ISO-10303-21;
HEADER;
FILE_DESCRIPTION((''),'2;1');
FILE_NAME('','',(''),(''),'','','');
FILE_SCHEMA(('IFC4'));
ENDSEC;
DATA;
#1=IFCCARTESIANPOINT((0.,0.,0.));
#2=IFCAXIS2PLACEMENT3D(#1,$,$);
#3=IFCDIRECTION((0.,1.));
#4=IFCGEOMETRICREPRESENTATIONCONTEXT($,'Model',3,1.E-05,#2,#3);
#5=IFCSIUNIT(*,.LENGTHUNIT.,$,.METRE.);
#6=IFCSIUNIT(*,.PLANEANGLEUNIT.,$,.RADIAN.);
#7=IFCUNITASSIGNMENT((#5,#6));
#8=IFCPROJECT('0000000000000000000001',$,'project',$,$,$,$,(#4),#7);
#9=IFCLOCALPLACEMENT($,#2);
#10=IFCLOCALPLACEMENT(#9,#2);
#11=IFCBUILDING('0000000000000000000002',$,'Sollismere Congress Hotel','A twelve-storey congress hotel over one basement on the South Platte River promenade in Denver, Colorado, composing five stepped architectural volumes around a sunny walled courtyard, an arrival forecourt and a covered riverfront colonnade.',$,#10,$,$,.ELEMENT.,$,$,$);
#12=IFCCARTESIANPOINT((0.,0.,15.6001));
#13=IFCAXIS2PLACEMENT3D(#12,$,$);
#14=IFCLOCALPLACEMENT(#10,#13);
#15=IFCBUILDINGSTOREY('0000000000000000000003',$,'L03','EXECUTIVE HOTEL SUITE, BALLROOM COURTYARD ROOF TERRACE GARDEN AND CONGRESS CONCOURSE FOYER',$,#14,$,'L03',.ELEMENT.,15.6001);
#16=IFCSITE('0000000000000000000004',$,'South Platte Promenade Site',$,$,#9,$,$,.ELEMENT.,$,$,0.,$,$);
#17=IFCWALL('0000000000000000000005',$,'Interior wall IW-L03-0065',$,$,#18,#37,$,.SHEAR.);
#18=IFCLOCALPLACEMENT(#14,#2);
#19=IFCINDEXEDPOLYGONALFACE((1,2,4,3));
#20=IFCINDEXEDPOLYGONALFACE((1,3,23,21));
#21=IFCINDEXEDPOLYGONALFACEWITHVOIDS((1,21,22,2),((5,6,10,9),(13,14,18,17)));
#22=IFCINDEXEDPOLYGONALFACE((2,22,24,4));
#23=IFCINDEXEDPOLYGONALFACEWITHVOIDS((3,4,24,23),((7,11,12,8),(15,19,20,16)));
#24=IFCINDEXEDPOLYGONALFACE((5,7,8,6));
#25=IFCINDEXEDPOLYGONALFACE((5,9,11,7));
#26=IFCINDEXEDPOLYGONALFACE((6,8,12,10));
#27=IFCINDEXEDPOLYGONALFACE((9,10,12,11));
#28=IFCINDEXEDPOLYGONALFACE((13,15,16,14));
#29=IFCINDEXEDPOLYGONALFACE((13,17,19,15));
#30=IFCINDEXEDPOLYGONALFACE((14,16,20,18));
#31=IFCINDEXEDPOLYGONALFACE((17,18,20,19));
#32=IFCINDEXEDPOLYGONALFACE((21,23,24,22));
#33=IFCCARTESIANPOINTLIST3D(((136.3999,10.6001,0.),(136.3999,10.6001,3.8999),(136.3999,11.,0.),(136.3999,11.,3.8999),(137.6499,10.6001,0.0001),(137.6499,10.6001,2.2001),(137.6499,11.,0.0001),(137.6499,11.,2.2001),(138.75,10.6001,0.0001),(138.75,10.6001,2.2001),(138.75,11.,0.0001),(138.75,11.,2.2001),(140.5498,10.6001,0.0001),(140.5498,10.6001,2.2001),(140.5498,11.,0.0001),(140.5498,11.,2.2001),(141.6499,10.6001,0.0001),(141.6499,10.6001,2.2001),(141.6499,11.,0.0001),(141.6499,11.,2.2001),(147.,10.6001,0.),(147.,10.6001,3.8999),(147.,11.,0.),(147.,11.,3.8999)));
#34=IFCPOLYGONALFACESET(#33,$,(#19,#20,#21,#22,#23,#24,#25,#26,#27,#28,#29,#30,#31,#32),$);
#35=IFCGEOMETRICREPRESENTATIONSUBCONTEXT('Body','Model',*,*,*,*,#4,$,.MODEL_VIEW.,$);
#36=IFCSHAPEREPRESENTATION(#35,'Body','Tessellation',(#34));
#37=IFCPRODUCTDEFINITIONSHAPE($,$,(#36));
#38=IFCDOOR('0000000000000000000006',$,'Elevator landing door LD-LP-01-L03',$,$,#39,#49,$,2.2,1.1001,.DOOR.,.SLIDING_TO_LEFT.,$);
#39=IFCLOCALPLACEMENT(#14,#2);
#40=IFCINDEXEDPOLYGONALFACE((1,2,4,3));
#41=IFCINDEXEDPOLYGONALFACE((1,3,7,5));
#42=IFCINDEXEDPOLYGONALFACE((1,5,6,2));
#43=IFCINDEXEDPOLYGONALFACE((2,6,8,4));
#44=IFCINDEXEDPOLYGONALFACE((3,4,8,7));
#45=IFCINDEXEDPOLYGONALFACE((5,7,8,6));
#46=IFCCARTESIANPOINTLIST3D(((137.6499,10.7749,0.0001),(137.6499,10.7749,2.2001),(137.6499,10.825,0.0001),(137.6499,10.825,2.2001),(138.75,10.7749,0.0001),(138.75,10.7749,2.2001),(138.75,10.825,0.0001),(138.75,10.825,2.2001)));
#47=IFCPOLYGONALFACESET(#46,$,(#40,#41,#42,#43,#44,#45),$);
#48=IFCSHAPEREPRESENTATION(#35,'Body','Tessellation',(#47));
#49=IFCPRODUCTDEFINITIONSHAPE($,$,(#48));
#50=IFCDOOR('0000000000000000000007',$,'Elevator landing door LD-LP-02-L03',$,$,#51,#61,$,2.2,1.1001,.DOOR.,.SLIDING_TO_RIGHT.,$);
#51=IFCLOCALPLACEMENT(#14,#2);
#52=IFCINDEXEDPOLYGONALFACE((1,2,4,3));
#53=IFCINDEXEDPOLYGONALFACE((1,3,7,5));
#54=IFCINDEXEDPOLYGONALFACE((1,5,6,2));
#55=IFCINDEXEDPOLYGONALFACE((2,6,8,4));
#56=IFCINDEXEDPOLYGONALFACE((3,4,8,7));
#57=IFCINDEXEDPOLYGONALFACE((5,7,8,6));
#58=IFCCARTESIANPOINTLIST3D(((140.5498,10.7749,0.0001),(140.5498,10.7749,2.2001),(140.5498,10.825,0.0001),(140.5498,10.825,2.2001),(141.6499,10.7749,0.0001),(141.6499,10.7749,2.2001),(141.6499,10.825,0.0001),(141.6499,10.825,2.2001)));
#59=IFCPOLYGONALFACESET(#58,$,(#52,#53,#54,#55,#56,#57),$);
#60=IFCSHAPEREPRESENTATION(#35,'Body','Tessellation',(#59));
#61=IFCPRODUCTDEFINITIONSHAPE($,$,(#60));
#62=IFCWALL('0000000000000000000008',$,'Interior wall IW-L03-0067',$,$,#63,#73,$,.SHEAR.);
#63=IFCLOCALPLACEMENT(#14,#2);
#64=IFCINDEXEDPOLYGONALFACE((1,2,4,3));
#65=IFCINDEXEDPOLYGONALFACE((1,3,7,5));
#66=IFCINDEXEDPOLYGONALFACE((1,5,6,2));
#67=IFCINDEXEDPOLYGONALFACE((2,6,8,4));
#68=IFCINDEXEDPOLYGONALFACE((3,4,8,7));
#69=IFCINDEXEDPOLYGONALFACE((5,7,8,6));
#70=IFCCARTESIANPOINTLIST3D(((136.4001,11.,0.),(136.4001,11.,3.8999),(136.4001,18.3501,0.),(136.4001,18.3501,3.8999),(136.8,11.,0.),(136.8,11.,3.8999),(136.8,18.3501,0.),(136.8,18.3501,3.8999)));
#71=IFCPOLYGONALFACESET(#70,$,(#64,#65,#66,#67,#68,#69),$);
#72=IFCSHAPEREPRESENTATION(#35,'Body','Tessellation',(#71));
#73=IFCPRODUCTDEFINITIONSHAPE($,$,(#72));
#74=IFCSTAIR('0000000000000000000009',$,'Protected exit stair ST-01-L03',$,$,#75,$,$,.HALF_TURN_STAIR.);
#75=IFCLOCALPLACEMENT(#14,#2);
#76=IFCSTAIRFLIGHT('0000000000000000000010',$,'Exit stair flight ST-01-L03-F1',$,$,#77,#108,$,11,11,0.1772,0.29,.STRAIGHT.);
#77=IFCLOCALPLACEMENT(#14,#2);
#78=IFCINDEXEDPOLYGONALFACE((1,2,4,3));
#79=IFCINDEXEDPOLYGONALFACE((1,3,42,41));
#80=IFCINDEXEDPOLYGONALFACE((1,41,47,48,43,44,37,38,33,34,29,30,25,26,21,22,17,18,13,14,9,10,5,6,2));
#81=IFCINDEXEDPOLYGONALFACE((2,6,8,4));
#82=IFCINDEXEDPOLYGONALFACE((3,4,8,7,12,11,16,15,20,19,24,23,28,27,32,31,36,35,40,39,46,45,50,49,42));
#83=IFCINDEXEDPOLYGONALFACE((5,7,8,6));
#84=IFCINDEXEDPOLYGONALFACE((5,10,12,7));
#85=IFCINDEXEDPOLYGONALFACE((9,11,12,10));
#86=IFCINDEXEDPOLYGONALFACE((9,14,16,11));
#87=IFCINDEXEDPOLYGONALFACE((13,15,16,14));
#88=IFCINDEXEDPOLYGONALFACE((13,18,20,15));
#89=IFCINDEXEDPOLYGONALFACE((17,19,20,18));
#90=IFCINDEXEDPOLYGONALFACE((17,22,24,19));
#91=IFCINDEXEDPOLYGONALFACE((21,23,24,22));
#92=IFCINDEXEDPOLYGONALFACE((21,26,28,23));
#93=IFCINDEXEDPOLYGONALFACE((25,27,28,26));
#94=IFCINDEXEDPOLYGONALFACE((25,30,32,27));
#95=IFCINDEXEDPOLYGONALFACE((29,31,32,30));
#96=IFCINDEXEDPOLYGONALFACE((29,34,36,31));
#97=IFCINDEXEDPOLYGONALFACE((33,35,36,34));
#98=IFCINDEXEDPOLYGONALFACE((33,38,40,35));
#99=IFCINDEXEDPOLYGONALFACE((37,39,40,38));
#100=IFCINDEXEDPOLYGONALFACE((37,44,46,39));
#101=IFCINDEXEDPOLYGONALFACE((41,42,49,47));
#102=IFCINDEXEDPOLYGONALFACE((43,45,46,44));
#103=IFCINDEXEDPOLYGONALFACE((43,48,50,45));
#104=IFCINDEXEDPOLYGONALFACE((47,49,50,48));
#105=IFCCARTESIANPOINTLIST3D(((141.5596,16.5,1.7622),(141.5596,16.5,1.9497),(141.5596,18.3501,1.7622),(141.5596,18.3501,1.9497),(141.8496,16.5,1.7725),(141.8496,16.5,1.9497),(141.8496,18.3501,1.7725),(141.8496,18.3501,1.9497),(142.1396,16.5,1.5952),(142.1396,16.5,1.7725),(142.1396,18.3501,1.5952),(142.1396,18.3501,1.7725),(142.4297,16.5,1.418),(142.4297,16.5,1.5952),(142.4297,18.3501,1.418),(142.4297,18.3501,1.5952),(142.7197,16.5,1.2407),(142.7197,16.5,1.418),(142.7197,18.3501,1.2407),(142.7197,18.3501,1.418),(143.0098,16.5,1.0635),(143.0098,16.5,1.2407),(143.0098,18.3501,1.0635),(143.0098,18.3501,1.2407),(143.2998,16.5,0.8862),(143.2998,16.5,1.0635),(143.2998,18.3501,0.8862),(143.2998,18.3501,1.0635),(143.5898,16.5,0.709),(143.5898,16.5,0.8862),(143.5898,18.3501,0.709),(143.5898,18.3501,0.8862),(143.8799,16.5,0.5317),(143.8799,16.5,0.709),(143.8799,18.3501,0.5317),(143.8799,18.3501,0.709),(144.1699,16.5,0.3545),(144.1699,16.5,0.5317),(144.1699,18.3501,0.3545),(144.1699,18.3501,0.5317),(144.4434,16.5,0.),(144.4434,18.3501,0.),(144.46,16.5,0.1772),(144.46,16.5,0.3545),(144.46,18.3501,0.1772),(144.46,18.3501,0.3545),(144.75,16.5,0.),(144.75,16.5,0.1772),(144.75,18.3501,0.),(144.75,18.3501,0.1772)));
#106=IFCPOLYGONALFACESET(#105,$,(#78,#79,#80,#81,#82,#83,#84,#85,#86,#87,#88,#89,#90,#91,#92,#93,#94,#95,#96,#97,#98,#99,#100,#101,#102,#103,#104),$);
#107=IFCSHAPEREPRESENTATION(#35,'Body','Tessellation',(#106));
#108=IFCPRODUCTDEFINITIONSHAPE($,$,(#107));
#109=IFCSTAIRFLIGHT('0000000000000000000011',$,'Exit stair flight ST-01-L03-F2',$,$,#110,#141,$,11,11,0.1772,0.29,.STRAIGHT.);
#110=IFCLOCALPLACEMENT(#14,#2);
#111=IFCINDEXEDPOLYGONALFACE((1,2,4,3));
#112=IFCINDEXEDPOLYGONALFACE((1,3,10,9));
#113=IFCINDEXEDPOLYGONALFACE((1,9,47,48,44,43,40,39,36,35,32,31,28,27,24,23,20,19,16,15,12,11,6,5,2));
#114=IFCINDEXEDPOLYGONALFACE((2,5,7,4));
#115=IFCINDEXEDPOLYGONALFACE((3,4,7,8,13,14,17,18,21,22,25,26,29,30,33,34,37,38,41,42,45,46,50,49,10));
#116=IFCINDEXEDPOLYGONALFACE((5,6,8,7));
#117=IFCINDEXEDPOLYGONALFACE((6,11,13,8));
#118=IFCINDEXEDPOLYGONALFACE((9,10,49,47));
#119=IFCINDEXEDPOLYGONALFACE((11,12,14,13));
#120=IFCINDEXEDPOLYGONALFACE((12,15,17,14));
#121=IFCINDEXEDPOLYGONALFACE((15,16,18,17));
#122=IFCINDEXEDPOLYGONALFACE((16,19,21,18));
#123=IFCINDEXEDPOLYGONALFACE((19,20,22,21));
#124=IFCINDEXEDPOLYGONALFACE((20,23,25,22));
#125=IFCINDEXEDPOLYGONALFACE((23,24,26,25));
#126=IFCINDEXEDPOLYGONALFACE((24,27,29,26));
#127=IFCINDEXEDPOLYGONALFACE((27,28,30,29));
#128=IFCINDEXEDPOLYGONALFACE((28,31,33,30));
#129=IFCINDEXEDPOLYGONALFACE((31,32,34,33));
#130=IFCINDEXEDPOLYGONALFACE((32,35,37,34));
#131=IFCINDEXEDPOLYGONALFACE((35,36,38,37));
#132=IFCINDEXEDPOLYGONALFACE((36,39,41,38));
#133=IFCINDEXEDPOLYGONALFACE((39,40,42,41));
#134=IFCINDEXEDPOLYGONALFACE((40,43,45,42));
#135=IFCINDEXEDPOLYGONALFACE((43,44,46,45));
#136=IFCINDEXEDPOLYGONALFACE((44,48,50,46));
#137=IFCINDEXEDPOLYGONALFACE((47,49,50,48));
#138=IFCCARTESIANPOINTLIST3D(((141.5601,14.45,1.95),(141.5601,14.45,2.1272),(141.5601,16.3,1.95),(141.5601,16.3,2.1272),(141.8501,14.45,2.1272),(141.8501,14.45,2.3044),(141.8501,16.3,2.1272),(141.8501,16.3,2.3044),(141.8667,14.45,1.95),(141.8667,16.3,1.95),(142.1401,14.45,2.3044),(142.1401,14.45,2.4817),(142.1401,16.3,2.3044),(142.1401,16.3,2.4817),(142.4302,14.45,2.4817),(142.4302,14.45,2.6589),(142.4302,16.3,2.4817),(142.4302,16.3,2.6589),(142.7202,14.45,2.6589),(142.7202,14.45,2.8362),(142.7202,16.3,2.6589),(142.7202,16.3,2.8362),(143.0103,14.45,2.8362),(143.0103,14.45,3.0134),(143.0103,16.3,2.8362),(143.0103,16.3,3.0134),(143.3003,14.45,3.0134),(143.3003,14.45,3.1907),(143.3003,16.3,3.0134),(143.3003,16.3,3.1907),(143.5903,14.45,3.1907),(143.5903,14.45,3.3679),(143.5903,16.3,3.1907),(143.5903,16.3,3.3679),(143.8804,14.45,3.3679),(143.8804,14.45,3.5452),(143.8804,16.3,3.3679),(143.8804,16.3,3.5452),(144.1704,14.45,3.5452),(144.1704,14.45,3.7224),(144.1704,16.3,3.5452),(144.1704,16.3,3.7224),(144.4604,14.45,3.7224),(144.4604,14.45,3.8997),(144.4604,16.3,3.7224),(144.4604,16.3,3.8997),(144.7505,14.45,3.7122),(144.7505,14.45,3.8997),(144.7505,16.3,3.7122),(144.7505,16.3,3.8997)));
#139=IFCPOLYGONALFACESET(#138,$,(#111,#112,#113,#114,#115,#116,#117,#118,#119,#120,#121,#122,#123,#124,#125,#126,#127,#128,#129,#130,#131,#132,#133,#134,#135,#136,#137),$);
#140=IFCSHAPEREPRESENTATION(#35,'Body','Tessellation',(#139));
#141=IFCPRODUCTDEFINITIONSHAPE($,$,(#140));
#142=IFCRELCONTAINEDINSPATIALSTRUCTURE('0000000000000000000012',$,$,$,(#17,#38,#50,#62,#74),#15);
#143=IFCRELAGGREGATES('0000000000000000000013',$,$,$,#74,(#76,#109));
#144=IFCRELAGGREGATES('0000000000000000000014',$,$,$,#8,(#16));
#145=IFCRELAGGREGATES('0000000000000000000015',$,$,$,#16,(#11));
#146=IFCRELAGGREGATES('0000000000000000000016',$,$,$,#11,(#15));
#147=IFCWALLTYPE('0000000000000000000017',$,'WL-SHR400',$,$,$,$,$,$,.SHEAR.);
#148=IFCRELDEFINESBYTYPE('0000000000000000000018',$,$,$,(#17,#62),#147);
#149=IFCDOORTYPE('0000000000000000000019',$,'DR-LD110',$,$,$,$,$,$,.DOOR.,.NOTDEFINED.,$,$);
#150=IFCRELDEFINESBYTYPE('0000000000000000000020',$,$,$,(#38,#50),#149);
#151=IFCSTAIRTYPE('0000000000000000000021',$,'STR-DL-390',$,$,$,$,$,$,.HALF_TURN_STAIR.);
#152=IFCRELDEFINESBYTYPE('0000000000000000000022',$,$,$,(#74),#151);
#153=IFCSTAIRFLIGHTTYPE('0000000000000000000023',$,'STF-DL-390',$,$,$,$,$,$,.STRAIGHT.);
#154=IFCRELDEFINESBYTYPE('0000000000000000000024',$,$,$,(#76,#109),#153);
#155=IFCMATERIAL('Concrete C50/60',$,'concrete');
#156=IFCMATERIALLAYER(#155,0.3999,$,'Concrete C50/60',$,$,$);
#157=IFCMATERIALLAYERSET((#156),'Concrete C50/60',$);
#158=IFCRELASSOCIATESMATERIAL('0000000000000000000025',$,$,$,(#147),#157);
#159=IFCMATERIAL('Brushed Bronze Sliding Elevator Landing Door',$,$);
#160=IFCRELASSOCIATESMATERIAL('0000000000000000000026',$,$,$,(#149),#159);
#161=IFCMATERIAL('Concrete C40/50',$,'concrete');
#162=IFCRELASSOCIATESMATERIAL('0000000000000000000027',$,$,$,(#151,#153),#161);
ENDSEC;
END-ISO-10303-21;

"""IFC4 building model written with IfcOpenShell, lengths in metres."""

from ifc_helpers import new_model, si_unit, direction, frame, frame_2d, origin, place, context, subcontext, project, spatial, polyline, rectangle, outline, extrude, material, layer, layer_set, type_object, element, fill, aggregate, save


model = new_model("IFC4")

# Units and contexts
model_context = context("Model", 3, precision=1e-05, world=origin(), true_north=direction((0.0, 1.0)))
body_context = subcontext(model_context, "Body", "Model", "MODEL_VIEW")
ifc_project = project(units=[si_unit("LENGTHUNIT", "METRE"), si_unit("PLANEANGLEUNIT", "RADIAN")], contexts=[model_context])

# Site, building, storey
site_placement = place(None, origin())
site = spatial("IfcSite", under=ifc_project, at=site_placement, Name="South Platte Promenade Site", CompositionType="ELEMENT", RefElevation=0.0)
building_placement = place(site_placement, origin())
building = spatial("IfcBuilding", under=site, at=building_placement, Name="Sollismere Congress Hotel", Description="A twelve-storey congress hotel over one basement on the South Platte River promenade in Denver, Colorado, composing five stepped architectural volumes around a sunny walled courtyard, an arrival forecourt and a covered riverfront colonnade.", CompositionType="ELEMENT")
storey_placement = place(building_placement, frame((0.0, 0.0, 15.6001)))
storey = spatial("IfcBuildingStorey", under=building, at=storey_placement, Name="L03", Description="EXECUTIVE HOTEL SUITE, BALLROOM COURTYARD ROOF TERRACE GARDEN AND CONGRESS CONCOURSE FOYER", LongName="L03", CompositionType="ELEMENT", Elevation=15.6001)

# Shared definitions
ifc_material_1 = material(Name="Concrete C50/60", Category="concrete")

# Wall, openings, doors
ifc_layer_1 = layer(ifc_material_1, 0.3999, Name="Concrete C50/60")
ifc_layer_set_1 = layer_set([ifc_layer_1], Name="Concrete C50/60")
wall_type_1 = type_object("IfcWallType", Name="WL-SHR400", PredefinedType="SHEAR", material=ifc_layer_set_1)
wall_1_placement = place(storey_placement, frame((136.3999, 10.8, 0.0), z_axis=(0.0, 0.0, 1.0), x_axis=(1.0, 0.0, 0.0)))
wall_1 = element("IfcWall", 1, at=wall_1_placement, inside=storey, type_object=wall_type_1, Name="Interior wall IW-L03-0065", PredefinedType="SHEAR", context=body_context, shape_type="SweptSolid", body=[
    extrude(rectangle(XDim=10.6001, YDim=0.3999, at=frame_2d((5.3, 0.0))), origin(), (0.0, 0.0, 1.0), 3.8999),
])
opening_1_placement = place(wall_1_placement, frame((1.25, 0.0, 0.0)))
opening_1 = element("IfcOpeningElement", 2, at=opening_1_placement, cuts=wall_1, PredefinedType="OPENING", context=body_context, shape_type="SweptSolid", body=[
    extrude(rectangle(XDim=1.1001, YDim=2.2, at=frame_2d((0.55, 1.1001))), frame((0.0, 0.21, 0.0), z_axis=(0.0, -1.0, 0.0), x_axis=(1.0, 0.0, 0.0)), (0.0, 0.0, 1.0), 0.4199),
])
opening_2_placement = place(wall_1_placement, frame((4.1499, 0.0, 0.0)))
opening_2 = element("IfcOpeningElement", 3, at=opening_2_placement, cuts=wall_1, PredefinedType="OPENING", context=body_context, shape_type="SweptSolid", body=[
    extrude(rectangle(XDim=1.1001, YDim=2.2, at=frame_2d((0.55, 1.1001))), frame((0.0, 0.21, 0.0), z_axis=(0.0, -1.0, 0.0), x_axis=(1.0, 0.0, 0.0)), (0.0, 0.0, 1.0), 0.4199),
])
ifc_material_2 = material(Name="Brushed Bronze Sliding Elevator Landing Door")
door_type = type_object("IfcDoorType", Name="DR-LD110", OperationType="NOTDEFINED", PredefinedType="DOOR", material=ifc_material_2)
door_1_placement = place(opening_1_placement, origin())
door_1 = element("IfcDoor", 4, at=door_1_placement, inside=storey, type_object=door_type, Name="Elevator landing door LD-LP-01-L03", OperationType="SLIDING_TO_LEFT", OverallHeight=2.2, OverallWidth=1.1001, PredefinedType="DOOR", context=body_context, shape_type="SweptSolid", body=[
    extrude(rectangle(XDim=1.1001, YDim=2.2, at=frame_2d((0.55, 1.1001))), frame((0.0, 0.0249, 0.0), z_axis=(0.0, -1.0, 0.0), x_axis=(1.0, 0.0, 0.0)), (0.0, 0.0, 1.0), 0.05),
])
fill(opening_1, door_1)
door_2_placement = place(opening_2_placement, origin())
door_2 = element("IfcDoor", 5, at=door_2_placement, inside=storey, type_object=door_type, Name="Elevator landing door LD-LP-02-L03", OperationType="SLIDING_TO_RIGHT", OverallHeight=2.2, OverallWidth=1.1001, PredefinedType="DOOR", context=body_context, shape_type="SweptSolid", body=[
    extrude(rectangle(XDim=1.1001, YDim=2.2, at=frame_2d((0.55, 1.1001))), frame((0.0, 0.0249, 0.0), z_axis=(0.0, -1.0, 0.0), x_axis=(1.0, 0.0, 0.0)), (0.0, 0.0, 1.0), 0.05),
])
fill(opening_2, door_2)

# Wall
wall_2_placement = place(storey_placement, frame((136.6001, 18.3501, 0.0), z_axis=(0.0, 0.0, 1.0), x_axis=(0.0, -1.0, 0.0)))
element("IfcWall", 6, at=wall_2_placement, inside=storey, type_object=wall_type_1, Name="Interior wall IW-L03-0067", PredefinedType="SHEAR", context=body_context, shape_type="SweptSolid", body=[
    extrude(rectangle(XDim=7.3501, YDim=0.3999, at=frame_2d((3.675, 0.0))), origin(), (0.0, 0.0, 1.0), 3.8999),
])

# Stair, stair flights
ifc_material_3 = material(Name="Concrete C40/50", Category="concrete")
stair_type = type_object("IfcStairType", Name="STR-DL-390", PredefinedType="HALF_TURN_STAIR", material=ifc_material_3)
stair_placement = place(storey_placement, origin())
stair = element("IfcStair", 7, at=stair_placement, inside=storey, type_object=stair_type, Name="Protected exit stair ST-01-L03", PredefinedType="HALF_TURN_STAIR")
stair_flight_type = type_object("IfcStairFlightType", Name="STF-DL-390", PredefinedType="STRAIGHT", material=ifc_material_3)
stair_flight_1_placement = place(storey_placement, frame((144.75, 17.425, 0.0), z_axis=(0.0, 0.0, 1.0), x_axis=(-1.0, 0.0, 0.0)))
stair_flight_1 = element("IfcStairFlight", 8, at=stair_flight_1_placement, type_object=stair_flight_type, Name="Exit stair flight ST-01-L03-F1", NumberOfRisers=11, NumberOfTreads=11, PredefinedType="STRAIGHT", RiserHeight=0.1772, TreadLength=0.29, context=body_context, shape_type="SweptSolid", body=[
    extrude(outline(polyline([(0.0, 0.0), (0.0, 0.1772), (0.29, 0.1772), (0.29, 0.3545), (0.5801, 0.3545), (0.5801, 0.5317), (0.8701, 0.5317), (0.8701, 0.709), (1.1602, 0.709), (1.1602, 0.8862), (1.4502, 0.8862), (1.4502, 1.0635), (1.7402, 1.0635), (1.7402, 1.2407), (2.0303, 1.2407), (2.0303, 1.418), (2.3203, 1.418), (2.3203, 1.5952), (2.6104, 1.5952), (2.6104, 1.7725), (2.9004, 1.7725), (2.9004, 1.9497), (3.1904, 1.9497), (3.1904, 1.7622), (0.3066, 0.0), (0.0, 0.0)])), frame((0.0, 0.925, 0.0), z_axis=(0.0, -1.0, 0.0), x_axis=(1.0, 0.0, 0.0)), (0.0, 0.0, 1.0), 1.8501),
])
stair_flight_2_placement = place(storey_placement, frame((141.5601, 15.375, 1.95), z_axis=(0.0, 0.0, 1.0), x_axis=(1.0, 0.0, 0.0)))
stair_flight_2 = element("IfcStairFlight", 9, at=stair_flight_2_placement, type_object=stair_flight_type, Name="Exit stair flight ST-01-L03-F2", NumberOfRisers=11, NumberOfTreads=11, PredefinedType="STRAIGHT", RiserHeight=0.1772, TreadLength=0.29, context=body_context, shape_type="SweptSolid", body=[
    extrude(outline(polyline([(0.0, 0.0), (0.0, 0.1772), (0.29, 0.1772), (0.29, 0.3545), (0.5801, 0.3545), (0.5801, 0.5317), (0.8701, 0.5317), (0.8701, 0.709), (1.1602, 0.709), (1.1602, 0.8862), (1.4502, 0.8862), (1.4502, 1.0635), (1.7402, 1.0635), (1.7402, 1.2407), (2.0303, 1.2407), (2.0303, 1.418), (2.3203, 1.418), (2.3203, 1.5952), (2.6104, 1.5952), (2.6104, 1.7725), (2.9004, 1.7725), (2.9004, 1.9497), (3.1904, 1.9497), (3.1904, 1.7622), (0.3066, 0.0), (0.0, 0.0)])), frame((0.0, 0.925, 0.0), z_axis=(0.0, -1.0, 0.0), x_axis=(1.0, 0.0, 0.0)), (0.0, 0.0, 1.0), 1.8501),
])
aggregate(stair, [stair_flight_1, stair_flight_2])

save(model, "model.ifc")
